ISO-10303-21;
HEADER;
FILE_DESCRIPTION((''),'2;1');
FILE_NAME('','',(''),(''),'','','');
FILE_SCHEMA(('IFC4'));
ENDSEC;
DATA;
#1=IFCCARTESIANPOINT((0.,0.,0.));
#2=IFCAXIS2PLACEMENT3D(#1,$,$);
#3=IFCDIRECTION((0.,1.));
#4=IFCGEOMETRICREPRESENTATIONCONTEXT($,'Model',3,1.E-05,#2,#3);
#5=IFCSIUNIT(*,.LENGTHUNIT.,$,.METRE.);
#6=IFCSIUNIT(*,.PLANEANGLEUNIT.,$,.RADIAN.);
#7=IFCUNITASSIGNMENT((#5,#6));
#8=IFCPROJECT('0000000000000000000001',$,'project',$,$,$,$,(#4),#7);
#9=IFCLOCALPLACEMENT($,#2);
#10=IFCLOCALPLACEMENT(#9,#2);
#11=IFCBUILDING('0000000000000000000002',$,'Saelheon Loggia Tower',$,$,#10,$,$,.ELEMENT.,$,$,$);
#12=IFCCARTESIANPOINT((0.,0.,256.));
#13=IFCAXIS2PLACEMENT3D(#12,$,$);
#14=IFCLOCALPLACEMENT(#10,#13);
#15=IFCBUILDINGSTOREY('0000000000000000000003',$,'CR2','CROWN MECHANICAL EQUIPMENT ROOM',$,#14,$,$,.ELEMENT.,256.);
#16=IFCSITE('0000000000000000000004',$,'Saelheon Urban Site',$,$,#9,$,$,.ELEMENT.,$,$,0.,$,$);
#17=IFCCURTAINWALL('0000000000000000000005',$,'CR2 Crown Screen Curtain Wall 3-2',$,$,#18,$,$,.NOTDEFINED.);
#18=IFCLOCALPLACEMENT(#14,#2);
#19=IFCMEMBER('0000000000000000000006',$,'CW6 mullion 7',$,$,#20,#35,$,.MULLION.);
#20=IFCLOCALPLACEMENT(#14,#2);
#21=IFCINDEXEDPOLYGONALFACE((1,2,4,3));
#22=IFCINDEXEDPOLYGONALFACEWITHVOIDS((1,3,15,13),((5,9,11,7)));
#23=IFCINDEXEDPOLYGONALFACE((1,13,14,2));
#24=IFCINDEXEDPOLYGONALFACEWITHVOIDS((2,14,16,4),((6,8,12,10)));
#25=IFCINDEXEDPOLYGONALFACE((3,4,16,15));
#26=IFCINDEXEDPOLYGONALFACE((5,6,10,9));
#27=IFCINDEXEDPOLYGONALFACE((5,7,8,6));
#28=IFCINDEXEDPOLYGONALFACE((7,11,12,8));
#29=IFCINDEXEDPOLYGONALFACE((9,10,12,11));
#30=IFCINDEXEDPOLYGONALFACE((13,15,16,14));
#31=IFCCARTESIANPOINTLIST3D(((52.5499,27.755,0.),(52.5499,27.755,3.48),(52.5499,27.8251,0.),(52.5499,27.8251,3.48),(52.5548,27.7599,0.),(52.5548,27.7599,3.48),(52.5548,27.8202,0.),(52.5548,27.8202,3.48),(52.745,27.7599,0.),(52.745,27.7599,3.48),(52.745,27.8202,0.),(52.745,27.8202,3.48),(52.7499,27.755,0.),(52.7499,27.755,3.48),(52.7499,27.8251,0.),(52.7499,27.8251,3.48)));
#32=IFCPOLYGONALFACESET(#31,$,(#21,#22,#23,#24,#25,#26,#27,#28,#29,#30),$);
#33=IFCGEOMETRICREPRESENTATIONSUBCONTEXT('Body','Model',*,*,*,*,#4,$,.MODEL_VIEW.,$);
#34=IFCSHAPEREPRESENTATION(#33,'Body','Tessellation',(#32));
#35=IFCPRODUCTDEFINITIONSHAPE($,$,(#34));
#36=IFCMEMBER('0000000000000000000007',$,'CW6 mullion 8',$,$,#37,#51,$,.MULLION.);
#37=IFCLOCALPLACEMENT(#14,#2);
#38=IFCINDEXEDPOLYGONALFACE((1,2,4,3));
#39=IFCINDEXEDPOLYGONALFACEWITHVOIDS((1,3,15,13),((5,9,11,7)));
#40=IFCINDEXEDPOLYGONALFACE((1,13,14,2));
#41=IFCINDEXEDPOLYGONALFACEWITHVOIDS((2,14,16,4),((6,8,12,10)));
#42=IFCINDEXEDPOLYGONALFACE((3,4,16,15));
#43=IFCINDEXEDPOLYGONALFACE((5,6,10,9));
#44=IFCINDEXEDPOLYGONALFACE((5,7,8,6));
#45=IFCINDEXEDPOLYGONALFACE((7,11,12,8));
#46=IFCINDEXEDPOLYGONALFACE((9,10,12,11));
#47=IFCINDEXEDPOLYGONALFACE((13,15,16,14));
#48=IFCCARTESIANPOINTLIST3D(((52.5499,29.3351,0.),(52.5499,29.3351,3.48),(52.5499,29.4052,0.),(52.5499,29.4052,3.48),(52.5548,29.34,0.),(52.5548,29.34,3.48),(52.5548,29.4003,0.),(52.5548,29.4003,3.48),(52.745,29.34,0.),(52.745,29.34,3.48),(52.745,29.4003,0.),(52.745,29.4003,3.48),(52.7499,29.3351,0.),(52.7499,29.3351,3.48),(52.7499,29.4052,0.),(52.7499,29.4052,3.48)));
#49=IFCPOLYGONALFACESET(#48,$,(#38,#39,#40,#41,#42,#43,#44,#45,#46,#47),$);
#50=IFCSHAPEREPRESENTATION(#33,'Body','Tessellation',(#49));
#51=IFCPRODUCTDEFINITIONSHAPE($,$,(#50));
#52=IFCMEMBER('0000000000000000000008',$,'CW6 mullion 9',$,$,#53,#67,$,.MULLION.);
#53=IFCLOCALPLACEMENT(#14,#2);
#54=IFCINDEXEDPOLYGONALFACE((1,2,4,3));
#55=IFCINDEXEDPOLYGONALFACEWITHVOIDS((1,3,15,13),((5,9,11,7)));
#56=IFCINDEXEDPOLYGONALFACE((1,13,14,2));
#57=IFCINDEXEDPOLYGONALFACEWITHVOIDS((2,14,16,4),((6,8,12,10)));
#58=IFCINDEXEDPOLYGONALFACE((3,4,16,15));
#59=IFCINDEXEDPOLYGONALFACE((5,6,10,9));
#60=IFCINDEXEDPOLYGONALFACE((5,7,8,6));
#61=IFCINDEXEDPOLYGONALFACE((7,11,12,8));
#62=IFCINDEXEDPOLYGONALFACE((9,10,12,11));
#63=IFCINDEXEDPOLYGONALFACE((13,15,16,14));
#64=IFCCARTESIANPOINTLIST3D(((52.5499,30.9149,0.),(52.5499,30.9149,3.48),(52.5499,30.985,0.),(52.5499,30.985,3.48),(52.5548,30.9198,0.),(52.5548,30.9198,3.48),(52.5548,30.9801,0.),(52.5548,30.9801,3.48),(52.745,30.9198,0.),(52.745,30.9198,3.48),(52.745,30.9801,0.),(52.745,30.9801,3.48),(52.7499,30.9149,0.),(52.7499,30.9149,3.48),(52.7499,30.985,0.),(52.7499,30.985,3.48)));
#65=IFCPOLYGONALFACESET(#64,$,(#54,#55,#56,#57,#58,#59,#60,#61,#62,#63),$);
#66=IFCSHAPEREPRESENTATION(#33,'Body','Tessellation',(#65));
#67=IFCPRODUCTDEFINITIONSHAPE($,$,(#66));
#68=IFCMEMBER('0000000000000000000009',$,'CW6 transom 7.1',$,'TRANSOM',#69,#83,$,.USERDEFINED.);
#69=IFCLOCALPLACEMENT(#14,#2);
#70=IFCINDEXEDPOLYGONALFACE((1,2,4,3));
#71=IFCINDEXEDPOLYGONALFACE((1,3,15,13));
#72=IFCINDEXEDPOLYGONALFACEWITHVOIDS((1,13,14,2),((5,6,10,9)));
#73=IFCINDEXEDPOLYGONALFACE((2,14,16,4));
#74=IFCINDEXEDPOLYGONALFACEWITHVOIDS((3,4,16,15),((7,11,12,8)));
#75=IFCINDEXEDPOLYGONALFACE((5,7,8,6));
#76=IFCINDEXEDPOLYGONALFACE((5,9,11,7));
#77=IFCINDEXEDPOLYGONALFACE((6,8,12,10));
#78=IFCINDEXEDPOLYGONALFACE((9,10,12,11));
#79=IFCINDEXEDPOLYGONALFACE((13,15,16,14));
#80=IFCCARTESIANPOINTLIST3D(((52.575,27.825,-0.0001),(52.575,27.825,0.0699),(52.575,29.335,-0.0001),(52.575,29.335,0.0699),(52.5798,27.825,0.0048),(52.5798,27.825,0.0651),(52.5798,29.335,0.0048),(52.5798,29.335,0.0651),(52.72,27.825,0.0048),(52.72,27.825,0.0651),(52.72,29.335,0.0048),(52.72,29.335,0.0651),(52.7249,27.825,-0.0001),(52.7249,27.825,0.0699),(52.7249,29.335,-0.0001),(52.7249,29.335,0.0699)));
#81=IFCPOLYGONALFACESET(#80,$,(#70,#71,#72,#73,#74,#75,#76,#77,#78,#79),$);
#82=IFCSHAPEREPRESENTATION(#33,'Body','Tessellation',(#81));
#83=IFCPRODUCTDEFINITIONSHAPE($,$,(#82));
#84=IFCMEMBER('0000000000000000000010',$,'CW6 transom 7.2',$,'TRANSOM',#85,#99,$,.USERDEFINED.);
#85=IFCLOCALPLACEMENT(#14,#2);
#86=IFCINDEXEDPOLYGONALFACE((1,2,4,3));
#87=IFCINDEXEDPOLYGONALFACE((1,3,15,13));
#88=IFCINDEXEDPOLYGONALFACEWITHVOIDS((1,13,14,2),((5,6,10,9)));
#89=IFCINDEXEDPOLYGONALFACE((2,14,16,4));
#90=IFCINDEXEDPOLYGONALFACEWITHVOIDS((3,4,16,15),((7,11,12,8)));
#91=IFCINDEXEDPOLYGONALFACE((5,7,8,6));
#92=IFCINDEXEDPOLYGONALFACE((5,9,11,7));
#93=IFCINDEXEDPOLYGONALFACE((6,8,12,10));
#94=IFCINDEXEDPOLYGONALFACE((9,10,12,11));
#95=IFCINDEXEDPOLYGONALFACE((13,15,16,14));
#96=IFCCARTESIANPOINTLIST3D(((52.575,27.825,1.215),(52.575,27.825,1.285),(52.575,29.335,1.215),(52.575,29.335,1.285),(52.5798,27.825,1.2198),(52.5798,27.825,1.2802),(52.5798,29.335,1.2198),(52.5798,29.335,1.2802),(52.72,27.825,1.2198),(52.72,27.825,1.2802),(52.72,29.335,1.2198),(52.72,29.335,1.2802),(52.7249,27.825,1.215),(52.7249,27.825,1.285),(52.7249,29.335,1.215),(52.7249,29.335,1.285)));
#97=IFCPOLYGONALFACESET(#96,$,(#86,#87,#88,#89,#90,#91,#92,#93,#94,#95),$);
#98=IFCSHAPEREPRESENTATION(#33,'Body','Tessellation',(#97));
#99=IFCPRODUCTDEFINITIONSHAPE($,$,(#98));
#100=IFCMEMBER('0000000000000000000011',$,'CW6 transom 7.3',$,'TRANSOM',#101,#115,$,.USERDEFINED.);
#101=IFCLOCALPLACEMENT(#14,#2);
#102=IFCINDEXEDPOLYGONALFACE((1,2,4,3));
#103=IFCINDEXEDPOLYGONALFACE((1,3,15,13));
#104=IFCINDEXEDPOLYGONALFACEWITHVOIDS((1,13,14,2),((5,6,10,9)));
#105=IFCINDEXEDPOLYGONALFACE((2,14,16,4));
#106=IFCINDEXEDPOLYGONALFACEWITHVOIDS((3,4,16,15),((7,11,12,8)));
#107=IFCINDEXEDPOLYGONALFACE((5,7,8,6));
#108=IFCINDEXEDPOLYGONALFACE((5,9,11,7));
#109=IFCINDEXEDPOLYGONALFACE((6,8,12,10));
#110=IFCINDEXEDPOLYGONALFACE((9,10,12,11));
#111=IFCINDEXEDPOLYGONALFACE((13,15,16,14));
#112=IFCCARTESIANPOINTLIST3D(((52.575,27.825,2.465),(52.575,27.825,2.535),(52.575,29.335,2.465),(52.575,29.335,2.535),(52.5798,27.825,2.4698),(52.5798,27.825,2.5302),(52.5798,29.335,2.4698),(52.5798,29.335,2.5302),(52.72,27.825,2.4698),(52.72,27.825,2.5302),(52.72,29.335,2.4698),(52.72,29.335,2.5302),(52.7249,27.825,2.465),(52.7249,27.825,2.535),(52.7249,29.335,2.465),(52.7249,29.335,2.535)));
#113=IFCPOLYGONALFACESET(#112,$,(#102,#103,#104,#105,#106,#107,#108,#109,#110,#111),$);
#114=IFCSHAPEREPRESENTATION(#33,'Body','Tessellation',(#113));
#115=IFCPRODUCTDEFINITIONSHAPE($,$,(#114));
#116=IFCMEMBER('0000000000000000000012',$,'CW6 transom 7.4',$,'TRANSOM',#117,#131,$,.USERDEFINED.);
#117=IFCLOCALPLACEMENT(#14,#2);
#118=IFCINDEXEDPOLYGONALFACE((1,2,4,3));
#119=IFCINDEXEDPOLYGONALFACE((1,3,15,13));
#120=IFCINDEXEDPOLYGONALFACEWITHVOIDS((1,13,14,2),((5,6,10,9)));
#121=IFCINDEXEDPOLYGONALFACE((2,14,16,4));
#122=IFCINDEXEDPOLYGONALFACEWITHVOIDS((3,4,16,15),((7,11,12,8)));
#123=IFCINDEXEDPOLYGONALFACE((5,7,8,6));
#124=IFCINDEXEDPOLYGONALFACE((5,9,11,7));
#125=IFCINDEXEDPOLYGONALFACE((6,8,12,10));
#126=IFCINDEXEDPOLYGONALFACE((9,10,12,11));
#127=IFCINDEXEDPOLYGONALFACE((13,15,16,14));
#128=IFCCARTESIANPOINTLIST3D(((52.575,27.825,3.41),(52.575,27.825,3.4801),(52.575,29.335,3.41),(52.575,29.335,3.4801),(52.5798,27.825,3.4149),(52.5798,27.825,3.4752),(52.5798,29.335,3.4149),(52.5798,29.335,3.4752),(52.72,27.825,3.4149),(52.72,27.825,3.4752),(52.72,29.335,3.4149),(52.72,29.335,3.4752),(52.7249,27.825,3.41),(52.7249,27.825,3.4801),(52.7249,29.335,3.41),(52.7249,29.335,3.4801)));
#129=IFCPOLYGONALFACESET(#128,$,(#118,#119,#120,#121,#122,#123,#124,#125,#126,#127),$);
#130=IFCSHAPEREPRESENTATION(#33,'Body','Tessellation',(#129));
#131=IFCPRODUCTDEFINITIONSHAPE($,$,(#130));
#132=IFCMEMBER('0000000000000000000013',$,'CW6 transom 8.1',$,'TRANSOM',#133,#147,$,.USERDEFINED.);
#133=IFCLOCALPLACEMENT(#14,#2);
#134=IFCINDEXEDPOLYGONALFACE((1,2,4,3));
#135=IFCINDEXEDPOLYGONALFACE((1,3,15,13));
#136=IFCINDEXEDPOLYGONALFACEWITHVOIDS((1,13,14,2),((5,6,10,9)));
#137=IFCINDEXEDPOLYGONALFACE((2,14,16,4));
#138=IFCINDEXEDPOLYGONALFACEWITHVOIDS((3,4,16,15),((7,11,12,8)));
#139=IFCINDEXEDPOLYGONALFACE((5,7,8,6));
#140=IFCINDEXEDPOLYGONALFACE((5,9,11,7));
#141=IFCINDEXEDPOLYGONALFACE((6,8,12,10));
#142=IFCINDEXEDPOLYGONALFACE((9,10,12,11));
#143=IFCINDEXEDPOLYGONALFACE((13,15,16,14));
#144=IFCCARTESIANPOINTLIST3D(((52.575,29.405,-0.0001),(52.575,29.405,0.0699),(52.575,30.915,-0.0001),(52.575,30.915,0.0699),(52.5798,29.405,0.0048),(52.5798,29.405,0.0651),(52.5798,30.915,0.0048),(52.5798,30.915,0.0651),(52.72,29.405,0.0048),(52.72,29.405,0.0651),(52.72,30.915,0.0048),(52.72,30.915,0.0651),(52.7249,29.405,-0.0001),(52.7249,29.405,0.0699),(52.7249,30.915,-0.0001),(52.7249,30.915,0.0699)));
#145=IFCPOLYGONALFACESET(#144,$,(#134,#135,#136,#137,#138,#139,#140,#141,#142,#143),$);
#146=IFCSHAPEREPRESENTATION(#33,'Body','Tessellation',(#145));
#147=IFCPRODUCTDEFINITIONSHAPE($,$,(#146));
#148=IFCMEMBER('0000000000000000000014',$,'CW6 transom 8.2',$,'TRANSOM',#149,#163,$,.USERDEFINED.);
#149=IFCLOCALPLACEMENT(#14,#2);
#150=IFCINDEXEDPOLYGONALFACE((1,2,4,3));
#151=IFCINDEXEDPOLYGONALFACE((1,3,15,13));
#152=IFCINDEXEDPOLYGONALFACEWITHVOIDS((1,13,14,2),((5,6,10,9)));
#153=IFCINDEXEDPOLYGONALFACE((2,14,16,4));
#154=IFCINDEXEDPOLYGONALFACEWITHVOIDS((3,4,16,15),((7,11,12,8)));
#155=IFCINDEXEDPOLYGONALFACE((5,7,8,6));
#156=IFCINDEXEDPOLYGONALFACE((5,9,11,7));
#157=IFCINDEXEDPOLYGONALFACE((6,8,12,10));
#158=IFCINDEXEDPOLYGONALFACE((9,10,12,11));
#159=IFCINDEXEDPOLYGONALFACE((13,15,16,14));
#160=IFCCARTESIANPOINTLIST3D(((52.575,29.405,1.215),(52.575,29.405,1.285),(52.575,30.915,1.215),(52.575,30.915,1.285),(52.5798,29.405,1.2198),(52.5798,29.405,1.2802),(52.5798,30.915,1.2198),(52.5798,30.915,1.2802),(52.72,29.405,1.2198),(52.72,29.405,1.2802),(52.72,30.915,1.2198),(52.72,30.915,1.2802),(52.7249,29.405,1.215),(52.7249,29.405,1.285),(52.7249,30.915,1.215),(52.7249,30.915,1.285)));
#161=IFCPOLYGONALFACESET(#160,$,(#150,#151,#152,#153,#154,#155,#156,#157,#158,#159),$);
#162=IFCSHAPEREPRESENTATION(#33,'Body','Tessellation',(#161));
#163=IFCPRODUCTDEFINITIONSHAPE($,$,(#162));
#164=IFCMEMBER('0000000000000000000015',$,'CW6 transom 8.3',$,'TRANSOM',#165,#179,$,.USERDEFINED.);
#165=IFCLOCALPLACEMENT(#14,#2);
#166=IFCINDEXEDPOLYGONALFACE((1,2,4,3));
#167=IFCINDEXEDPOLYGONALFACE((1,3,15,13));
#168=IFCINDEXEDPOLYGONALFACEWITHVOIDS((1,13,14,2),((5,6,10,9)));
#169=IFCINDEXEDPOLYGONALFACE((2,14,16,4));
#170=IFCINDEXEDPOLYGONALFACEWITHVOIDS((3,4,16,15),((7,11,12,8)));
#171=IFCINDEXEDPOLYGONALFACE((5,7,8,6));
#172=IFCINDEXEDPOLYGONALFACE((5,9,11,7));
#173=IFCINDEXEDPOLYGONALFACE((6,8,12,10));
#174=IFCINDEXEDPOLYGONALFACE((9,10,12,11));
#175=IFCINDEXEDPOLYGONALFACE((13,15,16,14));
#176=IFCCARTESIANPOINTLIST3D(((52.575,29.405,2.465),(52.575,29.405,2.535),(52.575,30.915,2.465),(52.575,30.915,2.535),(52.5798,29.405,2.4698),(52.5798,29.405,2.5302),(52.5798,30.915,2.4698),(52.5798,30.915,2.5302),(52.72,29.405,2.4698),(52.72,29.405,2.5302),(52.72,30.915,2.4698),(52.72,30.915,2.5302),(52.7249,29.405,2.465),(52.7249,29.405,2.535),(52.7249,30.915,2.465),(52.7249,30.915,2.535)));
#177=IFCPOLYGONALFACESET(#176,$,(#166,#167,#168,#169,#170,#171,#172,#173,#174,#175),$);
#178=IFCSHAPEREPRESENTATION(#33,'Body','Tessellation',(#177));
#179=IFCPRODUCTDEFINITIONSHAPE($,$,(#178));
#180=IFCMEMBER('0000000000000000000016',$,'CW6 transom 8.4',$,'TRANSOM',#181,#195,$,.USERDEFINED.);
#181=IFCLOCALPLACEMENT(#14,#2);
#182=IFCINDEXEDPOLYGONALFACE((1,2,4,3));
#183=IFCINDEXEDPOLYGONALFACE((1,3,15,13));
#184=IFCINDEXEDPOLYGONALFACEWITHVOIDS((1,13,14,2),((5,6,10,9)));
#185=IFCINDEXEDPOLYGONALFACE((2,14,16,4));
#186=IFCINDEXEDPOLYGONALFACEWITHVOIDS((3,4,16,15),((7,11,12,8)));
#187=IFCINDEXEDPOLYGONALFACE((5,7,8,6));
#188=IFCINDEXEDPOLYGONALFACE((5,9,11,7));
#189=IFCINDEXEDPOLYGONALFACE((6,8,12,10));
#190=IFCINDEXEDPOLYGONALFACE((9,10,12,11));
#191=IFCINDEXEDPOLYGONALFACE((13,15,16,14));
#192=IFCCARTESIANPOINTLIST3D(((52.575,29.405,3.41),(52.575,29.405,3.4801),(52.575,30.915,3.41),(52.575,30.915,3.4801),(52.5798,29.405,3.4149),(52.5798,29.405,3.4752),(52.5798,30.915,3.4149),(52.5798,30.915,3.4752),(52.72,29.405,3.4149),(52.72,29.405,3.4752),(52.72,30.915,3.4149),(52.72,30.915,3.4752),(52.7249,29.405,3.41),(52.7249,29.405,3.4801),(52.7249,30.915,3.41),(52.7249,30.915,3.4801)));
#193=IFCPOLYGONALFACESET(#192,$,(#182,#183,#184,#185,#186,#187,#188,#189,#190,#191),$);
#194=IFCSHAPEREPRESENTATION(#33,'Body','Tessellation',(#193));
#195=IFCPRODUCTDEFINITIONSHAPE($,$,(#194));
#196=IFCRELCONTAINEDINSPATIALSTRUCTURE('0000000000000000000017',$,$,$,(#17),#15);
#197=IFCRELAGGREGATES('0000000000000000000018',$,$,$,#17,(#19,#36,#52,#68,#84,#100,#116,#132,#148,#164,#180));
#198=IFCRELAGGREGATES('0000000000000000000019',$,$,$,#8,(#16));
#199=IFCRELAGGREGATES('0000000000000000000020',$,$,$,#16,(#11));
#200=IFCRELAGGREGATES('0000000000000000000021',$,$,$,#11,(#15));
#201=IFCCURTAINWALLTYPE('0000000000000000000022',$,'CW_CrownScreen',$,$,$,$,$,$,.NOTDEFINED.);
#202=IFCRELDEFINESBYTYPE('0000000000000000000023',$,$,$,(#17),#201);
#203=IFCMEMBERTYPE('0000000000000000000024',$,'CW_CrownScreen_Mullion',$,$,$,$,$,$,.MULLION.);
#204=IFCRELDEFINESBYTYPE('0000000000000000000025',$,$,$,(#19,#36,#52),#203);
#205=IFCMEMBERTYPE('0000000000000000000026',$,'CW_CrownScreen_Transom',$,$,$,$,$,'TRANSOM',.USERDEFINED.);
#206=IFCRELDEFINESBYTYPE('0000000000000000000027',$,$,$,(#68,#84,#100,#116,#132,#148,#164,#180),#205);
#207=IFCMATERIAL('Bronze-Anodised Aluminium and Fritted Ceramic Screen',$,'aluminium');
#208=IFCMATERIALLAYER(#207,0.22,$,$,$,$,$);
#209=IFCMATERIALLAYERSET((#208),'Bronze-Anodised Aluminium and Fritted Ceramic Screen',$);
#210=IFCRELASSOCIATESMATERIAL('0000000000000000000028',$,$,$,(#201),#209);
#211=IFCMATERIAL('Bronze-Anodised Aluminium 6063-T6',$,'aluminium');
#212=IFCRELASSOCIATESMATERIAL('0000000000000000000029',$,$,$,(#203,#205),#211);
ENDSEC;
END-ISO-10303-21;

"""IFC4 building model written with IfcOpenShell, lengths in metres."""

from ifc_helpers import new_model, si_unit, direction, frame, origin, origin_2d, place, context, subcontext, project, spatial, hollow_rectangle, extrude, source, transform, mapped, material, layer, layer_set, material_profile, profile_set, type_object, element, aggregate, save


model = new_model("IFC4")

# Units and contexts
model_context = context("Model", 3, precision=1e-05, world=origin(), true_north=direction((0.0, 1.0)))
body_context = subcontext(model_context, "Body", "Model", "MODEL_VIEW")
ifc_project = project(units=[si_unit("LENGTHUNIT", "METRE"), si_unit("PLANEANGLEUNIT", "RADIAN")], contexts=[model_context])

# Site, building, storey
site_placement = place(None, origin())
site = spatial("IfcSite", under=ifc_project, at=site_placement, Name="Saelheon Urban Site", CompositionType="ELEMENT", RefElevation=0.0)
building_placement = place(site_placement, origin())
building = spatial("IfcBuilding", under=site, at=building_placement, Name="Saelheon Loggia Tower", CompositionType="ELEMENT")
storey_placement = place(building_placement, frame((0.0, 0.0, 256.0)))
storey = spatial("IfcBuildingStorey", under=building, at=storey_placement, Name="CR2", Description="CROWN MECHANICAL EQUIPMENT ROOM", CompositionType="ELEMENT", Elevation=256.0)

# Curtain wall, members
ifc_material_1 = material(Name="Bronze-Anodised Aluminium and Fritted Ceramic Screen", Category="aluminium")
ifc_layer_1 = layer(ifc_material_1, 0.22)
ifc_layer_set_1 = layer_set([ifc_layer_1], Name="Bronze-Anodised Aluminium and Fritted Ceramic Screen")
curtain_wall_type = type_object("IfcCurtainWallType", Name="CW_CrownScreen", PredefinedType="NOTDEFINED", material=ifc_layer_set_1)
curtain_wall_placement = place(storey_placement, origin())
curtain_wall = element("IfcCurtainWall", 1, at=curtain_wall_placement, inside=storey, type_object=curtain_wall_type, Name="CR2 Crown Screen Curtain Wall 3-2", PredefinedType="NOTDEFINED")
ifc_material_2 = material(Name="Bronze-Anodised Aluminium 6063-T6", Category="aluminium")
ifc_material_profile_1 = material_profile(ifc_material_2, hollow_rectangle(XDim=0.0701, YDim=0.2, WallThickness=0.0049, at=origin_2d()), Name="RHS-200x70x5")
ifc_profile_set_1 = profile_set([ifc_material_profile_1], Name="Bronze-Anodised Aluminium 6063-T6")
member_type_1 = type_object("IfcMemberType", Name="CW_CrownScreen_Mullion", PredefinedType="MULLION", material=ifc_profile_set_1)
shared_shape_1 = source(origin(), body_context, "Body", "SweptSolid", [
    extrude(hollow_rectangle(XDim=0.0701, YDim=0.2, WallThickness=0.0049, at=origin_2d()), origin(), (0.0, 0.0, 1.0), 3.48),
])
member_1_placement = place(storey_placement, frame((52.6499, 27.79, 0.0), z_axis=(0.0, 0.0, 1.0), x_axis=(0.0, 1.0, 0.0)))
member_1 = element("IfcMember", 2, at=member_1_placement, type_object=member_type_1, Name="CW6 mullion 7", PredefinedType="MULLION", context=body_context, shape_type="MappedRepresentation", body=[
    mapped(shared_shape_1, transform((0.0, 0.0, 0.0), scale=1.0)),
])
member_2_placement = place(storey_placement, frame((52.6499, 29.3701, 0.0), z_axis=(0.0, 0.0, 1.0), x_axis=(0.0, 1.0, 0.0)))
member_2 = element("IfcMember", 3, at=member_2_placement, type_object=member_type_1, Name="CW6 mullion 8", PredefinedType="MULLION", context=body_context, shape_type="MappedRepresentation", body=[
    mapped(shared_shape_1, transform((0.0, 0.0, 0.0), scale=1.0)),
])
member_3_placement = place(storey_placement, frame((52.6499, 30.95, 0.0), z_axis=(0.0, 0.0, 1.0), x_axis=(0.0, 1.0, 0.0)))
member_3 = element("IfcMember", 4, at=member_3_placement, type_object=member_type_1, Name="CW6 mullion 9", PredefinedType="MULLION", context=body_context, shape_type="MappedRepresentation", body=[
    mapped(shared_shape_1, transform((0.0, 0.0, 0.0), scale=1.0)),
])
ifc_material_profile_2 = material_profile(ifc_material_2, hollow_rectangle(XDim=0.0701, YDim=0.1499, WallThickness=0.0049, at=origin_2d()), Name="RHS-150x70x5")
ifc_profile_set_2 = profile_set([ifc_material_profile_2], Name="Bronze-Anodised Aluminium 6063-T6")
member_type_2 = type_object("IfcMemberType", Name="CW_CrownScreen_Transom", ElementType="TRANSOM", PredefinedType="USERDEFINED", material=ifc_profile_set_2)
shared_shape_2 = source(origin(), body_context, "Body", "SweptSolid", [
    extrude(hollow_rectangle(XDim=0.0701, YDim=0.1499, WallThickness=0.0049, at=origin_2d()), origin(), (0.0, 0.0, 1.0), 1.51),
])
member_4_placement = place(storey_placement, frame((52.6499, 27.825, 0.0349), z_axis=(0.0, 1.0, 0.0), x_axis=(0.0, 0.0, 1.0)))
member_4 = element("IfcMember", 5, at=member_4_placement, type_object=member_type_2, Name="CW6 transom 7.1", ObjectType="TRANSOM", PredefinedType="USERDEFINED", context=body_context, shape_type="MappedRepresentation", body=[
    mapped(shared_shape_2, transform((0.0, 0.0, 0.0), scale=1.0)),
])
member_5_placement = place(storey_placement, frame((52.6499, 27.825, 1.25), z_axis=(0.0, 1.0, 0.0), x_axis=(0.0, 0.0, 1.0)))
member_5 = element("IfcMember", 6, at=member_5_placement, type_object=member_type_2, Name="CW6 transom 7.2", ObjectType="TRANSOM", PredefinedType="USERDEFINED", context=body_context, shape_type="MappedRepresentation", body=[
    mapped(shared_shape_2, transform((0.0, 0.0, 0.0), scale=1.0)),
])
member_6_placement = place(storey_placement, frame((52.6499, 27.825, 2.5), z_axis=(0.0, 1.0, 0.0), x_axis=(0.0, 0.0, 1.0)))
member_6 = element("IfcMember", 7, at=member_6_placement, type_object=member_type_2, Name="CW6 transom 7.3", ObjectType="TRANSOM", PredefinedType="USERDEFINED", context=body_context, shape_type="MappedRepresentation", body=[
    mapped(shared_shape_2, transform((0.0, 0.0, 0.0), scale=1.0)),
])
member_7_placement = place(storey_placement, frame((52.6499, 27.825, 3.4451), z_axis=(0.0, 1.0, 0.0), x_axis=(0.0, 0.0, 1.0)))
member_7 = element("IfcMember", 8, at=member_7_placement, type_object=member_type_2, Name="CW6 transom 7.4", ObjectType="TRANSOM", PredefinedType="USERDEFINED", context=body_context, shape_type="MappedRepresentation", body=[
    mapped(shared_shape_2, transform((0.0, 0.0, 0.0), scale=1.0)),
])
member_8_placement = place(storey_placement, frame((52.6499, 29.405, 0.0349), z_axis=(0.0, 1.0, 0.0), x_axis=(0.0, 0.0, 1.0)))
member_8 = element("IfcMember", 9, at=member_8_placement, type_object=member_type_2, Name="CW6 transom 8.1", ObjectType="TRANSOM", PredefinedType="USERDEFINED", context=body_context, shape_type="MappedRepresentation", body=[
    mapped(shared_shape_2, transform((0.0, 0.0, 0.0), scale=1.0)),
])
member_9_placement = place(storey_placement, frame((52.6499, 29.405, 1.25), z_axis=(0.0, 1.0, 0.0), x_axis=(0.0, 0.0, 1.0)))
member_9 = element("IfcMember", 10, at=member_9_placement, type_object=member_type_2, Name="CW6 transom 8.2", ObjectType="TRANSOM", PredefinedType="USERDEFINED", context=body_context, shape_type="MappedRepresentation", body=[
    mapped(shared_shape_2, transform((0.0, 0.0, 0.0), scale=1.0)),
])
member_10_placement = place(storey_placement, frame((52.6499, 29.405, 2.5), z_axis=(0.0, 1.0, 0.0), x_axis=(0.0, 0.0, 1.0)))
member_10 = element("IfcMember", 11, at=member_10_placement, type_object=member_type_2, Name="CW6 transom 8.3", ObjectType="TRANSOM", PredefinedType="USERDEFINED", context=body_context, shape_type="MappedRepresentation", body=[
    mapped(shared_shape_2, transform((0.0, 0.0, 0.0), scale=1.0)),
])
member_11_placement = place(storey_placement, frame((52.6499, 29.405, 3.4451), z_axis=(0.0, 1.0, 0.0), x_axis=(0.0, 0.0, 1.0)))
member_11 = element("IfcMember", 12, at=member_11_placement, type_object=member_type_2, Name="CW6 transom 8.4", ObjectType="TRANSOM", PredefinedType="USERDEFINED", context=body_context, shape_type="MappedRepresentation", body=[
    mapped(shared_shape_2, transform((0.0, 0.0, 0.0), scale=1.0)),
])
aggregate(curtain_wall, [member_1, member_2, member_3, member_4, member_5, member_6, member_7, member_8, member_9, member_10, member_11])

save(model, "model.ifc")
